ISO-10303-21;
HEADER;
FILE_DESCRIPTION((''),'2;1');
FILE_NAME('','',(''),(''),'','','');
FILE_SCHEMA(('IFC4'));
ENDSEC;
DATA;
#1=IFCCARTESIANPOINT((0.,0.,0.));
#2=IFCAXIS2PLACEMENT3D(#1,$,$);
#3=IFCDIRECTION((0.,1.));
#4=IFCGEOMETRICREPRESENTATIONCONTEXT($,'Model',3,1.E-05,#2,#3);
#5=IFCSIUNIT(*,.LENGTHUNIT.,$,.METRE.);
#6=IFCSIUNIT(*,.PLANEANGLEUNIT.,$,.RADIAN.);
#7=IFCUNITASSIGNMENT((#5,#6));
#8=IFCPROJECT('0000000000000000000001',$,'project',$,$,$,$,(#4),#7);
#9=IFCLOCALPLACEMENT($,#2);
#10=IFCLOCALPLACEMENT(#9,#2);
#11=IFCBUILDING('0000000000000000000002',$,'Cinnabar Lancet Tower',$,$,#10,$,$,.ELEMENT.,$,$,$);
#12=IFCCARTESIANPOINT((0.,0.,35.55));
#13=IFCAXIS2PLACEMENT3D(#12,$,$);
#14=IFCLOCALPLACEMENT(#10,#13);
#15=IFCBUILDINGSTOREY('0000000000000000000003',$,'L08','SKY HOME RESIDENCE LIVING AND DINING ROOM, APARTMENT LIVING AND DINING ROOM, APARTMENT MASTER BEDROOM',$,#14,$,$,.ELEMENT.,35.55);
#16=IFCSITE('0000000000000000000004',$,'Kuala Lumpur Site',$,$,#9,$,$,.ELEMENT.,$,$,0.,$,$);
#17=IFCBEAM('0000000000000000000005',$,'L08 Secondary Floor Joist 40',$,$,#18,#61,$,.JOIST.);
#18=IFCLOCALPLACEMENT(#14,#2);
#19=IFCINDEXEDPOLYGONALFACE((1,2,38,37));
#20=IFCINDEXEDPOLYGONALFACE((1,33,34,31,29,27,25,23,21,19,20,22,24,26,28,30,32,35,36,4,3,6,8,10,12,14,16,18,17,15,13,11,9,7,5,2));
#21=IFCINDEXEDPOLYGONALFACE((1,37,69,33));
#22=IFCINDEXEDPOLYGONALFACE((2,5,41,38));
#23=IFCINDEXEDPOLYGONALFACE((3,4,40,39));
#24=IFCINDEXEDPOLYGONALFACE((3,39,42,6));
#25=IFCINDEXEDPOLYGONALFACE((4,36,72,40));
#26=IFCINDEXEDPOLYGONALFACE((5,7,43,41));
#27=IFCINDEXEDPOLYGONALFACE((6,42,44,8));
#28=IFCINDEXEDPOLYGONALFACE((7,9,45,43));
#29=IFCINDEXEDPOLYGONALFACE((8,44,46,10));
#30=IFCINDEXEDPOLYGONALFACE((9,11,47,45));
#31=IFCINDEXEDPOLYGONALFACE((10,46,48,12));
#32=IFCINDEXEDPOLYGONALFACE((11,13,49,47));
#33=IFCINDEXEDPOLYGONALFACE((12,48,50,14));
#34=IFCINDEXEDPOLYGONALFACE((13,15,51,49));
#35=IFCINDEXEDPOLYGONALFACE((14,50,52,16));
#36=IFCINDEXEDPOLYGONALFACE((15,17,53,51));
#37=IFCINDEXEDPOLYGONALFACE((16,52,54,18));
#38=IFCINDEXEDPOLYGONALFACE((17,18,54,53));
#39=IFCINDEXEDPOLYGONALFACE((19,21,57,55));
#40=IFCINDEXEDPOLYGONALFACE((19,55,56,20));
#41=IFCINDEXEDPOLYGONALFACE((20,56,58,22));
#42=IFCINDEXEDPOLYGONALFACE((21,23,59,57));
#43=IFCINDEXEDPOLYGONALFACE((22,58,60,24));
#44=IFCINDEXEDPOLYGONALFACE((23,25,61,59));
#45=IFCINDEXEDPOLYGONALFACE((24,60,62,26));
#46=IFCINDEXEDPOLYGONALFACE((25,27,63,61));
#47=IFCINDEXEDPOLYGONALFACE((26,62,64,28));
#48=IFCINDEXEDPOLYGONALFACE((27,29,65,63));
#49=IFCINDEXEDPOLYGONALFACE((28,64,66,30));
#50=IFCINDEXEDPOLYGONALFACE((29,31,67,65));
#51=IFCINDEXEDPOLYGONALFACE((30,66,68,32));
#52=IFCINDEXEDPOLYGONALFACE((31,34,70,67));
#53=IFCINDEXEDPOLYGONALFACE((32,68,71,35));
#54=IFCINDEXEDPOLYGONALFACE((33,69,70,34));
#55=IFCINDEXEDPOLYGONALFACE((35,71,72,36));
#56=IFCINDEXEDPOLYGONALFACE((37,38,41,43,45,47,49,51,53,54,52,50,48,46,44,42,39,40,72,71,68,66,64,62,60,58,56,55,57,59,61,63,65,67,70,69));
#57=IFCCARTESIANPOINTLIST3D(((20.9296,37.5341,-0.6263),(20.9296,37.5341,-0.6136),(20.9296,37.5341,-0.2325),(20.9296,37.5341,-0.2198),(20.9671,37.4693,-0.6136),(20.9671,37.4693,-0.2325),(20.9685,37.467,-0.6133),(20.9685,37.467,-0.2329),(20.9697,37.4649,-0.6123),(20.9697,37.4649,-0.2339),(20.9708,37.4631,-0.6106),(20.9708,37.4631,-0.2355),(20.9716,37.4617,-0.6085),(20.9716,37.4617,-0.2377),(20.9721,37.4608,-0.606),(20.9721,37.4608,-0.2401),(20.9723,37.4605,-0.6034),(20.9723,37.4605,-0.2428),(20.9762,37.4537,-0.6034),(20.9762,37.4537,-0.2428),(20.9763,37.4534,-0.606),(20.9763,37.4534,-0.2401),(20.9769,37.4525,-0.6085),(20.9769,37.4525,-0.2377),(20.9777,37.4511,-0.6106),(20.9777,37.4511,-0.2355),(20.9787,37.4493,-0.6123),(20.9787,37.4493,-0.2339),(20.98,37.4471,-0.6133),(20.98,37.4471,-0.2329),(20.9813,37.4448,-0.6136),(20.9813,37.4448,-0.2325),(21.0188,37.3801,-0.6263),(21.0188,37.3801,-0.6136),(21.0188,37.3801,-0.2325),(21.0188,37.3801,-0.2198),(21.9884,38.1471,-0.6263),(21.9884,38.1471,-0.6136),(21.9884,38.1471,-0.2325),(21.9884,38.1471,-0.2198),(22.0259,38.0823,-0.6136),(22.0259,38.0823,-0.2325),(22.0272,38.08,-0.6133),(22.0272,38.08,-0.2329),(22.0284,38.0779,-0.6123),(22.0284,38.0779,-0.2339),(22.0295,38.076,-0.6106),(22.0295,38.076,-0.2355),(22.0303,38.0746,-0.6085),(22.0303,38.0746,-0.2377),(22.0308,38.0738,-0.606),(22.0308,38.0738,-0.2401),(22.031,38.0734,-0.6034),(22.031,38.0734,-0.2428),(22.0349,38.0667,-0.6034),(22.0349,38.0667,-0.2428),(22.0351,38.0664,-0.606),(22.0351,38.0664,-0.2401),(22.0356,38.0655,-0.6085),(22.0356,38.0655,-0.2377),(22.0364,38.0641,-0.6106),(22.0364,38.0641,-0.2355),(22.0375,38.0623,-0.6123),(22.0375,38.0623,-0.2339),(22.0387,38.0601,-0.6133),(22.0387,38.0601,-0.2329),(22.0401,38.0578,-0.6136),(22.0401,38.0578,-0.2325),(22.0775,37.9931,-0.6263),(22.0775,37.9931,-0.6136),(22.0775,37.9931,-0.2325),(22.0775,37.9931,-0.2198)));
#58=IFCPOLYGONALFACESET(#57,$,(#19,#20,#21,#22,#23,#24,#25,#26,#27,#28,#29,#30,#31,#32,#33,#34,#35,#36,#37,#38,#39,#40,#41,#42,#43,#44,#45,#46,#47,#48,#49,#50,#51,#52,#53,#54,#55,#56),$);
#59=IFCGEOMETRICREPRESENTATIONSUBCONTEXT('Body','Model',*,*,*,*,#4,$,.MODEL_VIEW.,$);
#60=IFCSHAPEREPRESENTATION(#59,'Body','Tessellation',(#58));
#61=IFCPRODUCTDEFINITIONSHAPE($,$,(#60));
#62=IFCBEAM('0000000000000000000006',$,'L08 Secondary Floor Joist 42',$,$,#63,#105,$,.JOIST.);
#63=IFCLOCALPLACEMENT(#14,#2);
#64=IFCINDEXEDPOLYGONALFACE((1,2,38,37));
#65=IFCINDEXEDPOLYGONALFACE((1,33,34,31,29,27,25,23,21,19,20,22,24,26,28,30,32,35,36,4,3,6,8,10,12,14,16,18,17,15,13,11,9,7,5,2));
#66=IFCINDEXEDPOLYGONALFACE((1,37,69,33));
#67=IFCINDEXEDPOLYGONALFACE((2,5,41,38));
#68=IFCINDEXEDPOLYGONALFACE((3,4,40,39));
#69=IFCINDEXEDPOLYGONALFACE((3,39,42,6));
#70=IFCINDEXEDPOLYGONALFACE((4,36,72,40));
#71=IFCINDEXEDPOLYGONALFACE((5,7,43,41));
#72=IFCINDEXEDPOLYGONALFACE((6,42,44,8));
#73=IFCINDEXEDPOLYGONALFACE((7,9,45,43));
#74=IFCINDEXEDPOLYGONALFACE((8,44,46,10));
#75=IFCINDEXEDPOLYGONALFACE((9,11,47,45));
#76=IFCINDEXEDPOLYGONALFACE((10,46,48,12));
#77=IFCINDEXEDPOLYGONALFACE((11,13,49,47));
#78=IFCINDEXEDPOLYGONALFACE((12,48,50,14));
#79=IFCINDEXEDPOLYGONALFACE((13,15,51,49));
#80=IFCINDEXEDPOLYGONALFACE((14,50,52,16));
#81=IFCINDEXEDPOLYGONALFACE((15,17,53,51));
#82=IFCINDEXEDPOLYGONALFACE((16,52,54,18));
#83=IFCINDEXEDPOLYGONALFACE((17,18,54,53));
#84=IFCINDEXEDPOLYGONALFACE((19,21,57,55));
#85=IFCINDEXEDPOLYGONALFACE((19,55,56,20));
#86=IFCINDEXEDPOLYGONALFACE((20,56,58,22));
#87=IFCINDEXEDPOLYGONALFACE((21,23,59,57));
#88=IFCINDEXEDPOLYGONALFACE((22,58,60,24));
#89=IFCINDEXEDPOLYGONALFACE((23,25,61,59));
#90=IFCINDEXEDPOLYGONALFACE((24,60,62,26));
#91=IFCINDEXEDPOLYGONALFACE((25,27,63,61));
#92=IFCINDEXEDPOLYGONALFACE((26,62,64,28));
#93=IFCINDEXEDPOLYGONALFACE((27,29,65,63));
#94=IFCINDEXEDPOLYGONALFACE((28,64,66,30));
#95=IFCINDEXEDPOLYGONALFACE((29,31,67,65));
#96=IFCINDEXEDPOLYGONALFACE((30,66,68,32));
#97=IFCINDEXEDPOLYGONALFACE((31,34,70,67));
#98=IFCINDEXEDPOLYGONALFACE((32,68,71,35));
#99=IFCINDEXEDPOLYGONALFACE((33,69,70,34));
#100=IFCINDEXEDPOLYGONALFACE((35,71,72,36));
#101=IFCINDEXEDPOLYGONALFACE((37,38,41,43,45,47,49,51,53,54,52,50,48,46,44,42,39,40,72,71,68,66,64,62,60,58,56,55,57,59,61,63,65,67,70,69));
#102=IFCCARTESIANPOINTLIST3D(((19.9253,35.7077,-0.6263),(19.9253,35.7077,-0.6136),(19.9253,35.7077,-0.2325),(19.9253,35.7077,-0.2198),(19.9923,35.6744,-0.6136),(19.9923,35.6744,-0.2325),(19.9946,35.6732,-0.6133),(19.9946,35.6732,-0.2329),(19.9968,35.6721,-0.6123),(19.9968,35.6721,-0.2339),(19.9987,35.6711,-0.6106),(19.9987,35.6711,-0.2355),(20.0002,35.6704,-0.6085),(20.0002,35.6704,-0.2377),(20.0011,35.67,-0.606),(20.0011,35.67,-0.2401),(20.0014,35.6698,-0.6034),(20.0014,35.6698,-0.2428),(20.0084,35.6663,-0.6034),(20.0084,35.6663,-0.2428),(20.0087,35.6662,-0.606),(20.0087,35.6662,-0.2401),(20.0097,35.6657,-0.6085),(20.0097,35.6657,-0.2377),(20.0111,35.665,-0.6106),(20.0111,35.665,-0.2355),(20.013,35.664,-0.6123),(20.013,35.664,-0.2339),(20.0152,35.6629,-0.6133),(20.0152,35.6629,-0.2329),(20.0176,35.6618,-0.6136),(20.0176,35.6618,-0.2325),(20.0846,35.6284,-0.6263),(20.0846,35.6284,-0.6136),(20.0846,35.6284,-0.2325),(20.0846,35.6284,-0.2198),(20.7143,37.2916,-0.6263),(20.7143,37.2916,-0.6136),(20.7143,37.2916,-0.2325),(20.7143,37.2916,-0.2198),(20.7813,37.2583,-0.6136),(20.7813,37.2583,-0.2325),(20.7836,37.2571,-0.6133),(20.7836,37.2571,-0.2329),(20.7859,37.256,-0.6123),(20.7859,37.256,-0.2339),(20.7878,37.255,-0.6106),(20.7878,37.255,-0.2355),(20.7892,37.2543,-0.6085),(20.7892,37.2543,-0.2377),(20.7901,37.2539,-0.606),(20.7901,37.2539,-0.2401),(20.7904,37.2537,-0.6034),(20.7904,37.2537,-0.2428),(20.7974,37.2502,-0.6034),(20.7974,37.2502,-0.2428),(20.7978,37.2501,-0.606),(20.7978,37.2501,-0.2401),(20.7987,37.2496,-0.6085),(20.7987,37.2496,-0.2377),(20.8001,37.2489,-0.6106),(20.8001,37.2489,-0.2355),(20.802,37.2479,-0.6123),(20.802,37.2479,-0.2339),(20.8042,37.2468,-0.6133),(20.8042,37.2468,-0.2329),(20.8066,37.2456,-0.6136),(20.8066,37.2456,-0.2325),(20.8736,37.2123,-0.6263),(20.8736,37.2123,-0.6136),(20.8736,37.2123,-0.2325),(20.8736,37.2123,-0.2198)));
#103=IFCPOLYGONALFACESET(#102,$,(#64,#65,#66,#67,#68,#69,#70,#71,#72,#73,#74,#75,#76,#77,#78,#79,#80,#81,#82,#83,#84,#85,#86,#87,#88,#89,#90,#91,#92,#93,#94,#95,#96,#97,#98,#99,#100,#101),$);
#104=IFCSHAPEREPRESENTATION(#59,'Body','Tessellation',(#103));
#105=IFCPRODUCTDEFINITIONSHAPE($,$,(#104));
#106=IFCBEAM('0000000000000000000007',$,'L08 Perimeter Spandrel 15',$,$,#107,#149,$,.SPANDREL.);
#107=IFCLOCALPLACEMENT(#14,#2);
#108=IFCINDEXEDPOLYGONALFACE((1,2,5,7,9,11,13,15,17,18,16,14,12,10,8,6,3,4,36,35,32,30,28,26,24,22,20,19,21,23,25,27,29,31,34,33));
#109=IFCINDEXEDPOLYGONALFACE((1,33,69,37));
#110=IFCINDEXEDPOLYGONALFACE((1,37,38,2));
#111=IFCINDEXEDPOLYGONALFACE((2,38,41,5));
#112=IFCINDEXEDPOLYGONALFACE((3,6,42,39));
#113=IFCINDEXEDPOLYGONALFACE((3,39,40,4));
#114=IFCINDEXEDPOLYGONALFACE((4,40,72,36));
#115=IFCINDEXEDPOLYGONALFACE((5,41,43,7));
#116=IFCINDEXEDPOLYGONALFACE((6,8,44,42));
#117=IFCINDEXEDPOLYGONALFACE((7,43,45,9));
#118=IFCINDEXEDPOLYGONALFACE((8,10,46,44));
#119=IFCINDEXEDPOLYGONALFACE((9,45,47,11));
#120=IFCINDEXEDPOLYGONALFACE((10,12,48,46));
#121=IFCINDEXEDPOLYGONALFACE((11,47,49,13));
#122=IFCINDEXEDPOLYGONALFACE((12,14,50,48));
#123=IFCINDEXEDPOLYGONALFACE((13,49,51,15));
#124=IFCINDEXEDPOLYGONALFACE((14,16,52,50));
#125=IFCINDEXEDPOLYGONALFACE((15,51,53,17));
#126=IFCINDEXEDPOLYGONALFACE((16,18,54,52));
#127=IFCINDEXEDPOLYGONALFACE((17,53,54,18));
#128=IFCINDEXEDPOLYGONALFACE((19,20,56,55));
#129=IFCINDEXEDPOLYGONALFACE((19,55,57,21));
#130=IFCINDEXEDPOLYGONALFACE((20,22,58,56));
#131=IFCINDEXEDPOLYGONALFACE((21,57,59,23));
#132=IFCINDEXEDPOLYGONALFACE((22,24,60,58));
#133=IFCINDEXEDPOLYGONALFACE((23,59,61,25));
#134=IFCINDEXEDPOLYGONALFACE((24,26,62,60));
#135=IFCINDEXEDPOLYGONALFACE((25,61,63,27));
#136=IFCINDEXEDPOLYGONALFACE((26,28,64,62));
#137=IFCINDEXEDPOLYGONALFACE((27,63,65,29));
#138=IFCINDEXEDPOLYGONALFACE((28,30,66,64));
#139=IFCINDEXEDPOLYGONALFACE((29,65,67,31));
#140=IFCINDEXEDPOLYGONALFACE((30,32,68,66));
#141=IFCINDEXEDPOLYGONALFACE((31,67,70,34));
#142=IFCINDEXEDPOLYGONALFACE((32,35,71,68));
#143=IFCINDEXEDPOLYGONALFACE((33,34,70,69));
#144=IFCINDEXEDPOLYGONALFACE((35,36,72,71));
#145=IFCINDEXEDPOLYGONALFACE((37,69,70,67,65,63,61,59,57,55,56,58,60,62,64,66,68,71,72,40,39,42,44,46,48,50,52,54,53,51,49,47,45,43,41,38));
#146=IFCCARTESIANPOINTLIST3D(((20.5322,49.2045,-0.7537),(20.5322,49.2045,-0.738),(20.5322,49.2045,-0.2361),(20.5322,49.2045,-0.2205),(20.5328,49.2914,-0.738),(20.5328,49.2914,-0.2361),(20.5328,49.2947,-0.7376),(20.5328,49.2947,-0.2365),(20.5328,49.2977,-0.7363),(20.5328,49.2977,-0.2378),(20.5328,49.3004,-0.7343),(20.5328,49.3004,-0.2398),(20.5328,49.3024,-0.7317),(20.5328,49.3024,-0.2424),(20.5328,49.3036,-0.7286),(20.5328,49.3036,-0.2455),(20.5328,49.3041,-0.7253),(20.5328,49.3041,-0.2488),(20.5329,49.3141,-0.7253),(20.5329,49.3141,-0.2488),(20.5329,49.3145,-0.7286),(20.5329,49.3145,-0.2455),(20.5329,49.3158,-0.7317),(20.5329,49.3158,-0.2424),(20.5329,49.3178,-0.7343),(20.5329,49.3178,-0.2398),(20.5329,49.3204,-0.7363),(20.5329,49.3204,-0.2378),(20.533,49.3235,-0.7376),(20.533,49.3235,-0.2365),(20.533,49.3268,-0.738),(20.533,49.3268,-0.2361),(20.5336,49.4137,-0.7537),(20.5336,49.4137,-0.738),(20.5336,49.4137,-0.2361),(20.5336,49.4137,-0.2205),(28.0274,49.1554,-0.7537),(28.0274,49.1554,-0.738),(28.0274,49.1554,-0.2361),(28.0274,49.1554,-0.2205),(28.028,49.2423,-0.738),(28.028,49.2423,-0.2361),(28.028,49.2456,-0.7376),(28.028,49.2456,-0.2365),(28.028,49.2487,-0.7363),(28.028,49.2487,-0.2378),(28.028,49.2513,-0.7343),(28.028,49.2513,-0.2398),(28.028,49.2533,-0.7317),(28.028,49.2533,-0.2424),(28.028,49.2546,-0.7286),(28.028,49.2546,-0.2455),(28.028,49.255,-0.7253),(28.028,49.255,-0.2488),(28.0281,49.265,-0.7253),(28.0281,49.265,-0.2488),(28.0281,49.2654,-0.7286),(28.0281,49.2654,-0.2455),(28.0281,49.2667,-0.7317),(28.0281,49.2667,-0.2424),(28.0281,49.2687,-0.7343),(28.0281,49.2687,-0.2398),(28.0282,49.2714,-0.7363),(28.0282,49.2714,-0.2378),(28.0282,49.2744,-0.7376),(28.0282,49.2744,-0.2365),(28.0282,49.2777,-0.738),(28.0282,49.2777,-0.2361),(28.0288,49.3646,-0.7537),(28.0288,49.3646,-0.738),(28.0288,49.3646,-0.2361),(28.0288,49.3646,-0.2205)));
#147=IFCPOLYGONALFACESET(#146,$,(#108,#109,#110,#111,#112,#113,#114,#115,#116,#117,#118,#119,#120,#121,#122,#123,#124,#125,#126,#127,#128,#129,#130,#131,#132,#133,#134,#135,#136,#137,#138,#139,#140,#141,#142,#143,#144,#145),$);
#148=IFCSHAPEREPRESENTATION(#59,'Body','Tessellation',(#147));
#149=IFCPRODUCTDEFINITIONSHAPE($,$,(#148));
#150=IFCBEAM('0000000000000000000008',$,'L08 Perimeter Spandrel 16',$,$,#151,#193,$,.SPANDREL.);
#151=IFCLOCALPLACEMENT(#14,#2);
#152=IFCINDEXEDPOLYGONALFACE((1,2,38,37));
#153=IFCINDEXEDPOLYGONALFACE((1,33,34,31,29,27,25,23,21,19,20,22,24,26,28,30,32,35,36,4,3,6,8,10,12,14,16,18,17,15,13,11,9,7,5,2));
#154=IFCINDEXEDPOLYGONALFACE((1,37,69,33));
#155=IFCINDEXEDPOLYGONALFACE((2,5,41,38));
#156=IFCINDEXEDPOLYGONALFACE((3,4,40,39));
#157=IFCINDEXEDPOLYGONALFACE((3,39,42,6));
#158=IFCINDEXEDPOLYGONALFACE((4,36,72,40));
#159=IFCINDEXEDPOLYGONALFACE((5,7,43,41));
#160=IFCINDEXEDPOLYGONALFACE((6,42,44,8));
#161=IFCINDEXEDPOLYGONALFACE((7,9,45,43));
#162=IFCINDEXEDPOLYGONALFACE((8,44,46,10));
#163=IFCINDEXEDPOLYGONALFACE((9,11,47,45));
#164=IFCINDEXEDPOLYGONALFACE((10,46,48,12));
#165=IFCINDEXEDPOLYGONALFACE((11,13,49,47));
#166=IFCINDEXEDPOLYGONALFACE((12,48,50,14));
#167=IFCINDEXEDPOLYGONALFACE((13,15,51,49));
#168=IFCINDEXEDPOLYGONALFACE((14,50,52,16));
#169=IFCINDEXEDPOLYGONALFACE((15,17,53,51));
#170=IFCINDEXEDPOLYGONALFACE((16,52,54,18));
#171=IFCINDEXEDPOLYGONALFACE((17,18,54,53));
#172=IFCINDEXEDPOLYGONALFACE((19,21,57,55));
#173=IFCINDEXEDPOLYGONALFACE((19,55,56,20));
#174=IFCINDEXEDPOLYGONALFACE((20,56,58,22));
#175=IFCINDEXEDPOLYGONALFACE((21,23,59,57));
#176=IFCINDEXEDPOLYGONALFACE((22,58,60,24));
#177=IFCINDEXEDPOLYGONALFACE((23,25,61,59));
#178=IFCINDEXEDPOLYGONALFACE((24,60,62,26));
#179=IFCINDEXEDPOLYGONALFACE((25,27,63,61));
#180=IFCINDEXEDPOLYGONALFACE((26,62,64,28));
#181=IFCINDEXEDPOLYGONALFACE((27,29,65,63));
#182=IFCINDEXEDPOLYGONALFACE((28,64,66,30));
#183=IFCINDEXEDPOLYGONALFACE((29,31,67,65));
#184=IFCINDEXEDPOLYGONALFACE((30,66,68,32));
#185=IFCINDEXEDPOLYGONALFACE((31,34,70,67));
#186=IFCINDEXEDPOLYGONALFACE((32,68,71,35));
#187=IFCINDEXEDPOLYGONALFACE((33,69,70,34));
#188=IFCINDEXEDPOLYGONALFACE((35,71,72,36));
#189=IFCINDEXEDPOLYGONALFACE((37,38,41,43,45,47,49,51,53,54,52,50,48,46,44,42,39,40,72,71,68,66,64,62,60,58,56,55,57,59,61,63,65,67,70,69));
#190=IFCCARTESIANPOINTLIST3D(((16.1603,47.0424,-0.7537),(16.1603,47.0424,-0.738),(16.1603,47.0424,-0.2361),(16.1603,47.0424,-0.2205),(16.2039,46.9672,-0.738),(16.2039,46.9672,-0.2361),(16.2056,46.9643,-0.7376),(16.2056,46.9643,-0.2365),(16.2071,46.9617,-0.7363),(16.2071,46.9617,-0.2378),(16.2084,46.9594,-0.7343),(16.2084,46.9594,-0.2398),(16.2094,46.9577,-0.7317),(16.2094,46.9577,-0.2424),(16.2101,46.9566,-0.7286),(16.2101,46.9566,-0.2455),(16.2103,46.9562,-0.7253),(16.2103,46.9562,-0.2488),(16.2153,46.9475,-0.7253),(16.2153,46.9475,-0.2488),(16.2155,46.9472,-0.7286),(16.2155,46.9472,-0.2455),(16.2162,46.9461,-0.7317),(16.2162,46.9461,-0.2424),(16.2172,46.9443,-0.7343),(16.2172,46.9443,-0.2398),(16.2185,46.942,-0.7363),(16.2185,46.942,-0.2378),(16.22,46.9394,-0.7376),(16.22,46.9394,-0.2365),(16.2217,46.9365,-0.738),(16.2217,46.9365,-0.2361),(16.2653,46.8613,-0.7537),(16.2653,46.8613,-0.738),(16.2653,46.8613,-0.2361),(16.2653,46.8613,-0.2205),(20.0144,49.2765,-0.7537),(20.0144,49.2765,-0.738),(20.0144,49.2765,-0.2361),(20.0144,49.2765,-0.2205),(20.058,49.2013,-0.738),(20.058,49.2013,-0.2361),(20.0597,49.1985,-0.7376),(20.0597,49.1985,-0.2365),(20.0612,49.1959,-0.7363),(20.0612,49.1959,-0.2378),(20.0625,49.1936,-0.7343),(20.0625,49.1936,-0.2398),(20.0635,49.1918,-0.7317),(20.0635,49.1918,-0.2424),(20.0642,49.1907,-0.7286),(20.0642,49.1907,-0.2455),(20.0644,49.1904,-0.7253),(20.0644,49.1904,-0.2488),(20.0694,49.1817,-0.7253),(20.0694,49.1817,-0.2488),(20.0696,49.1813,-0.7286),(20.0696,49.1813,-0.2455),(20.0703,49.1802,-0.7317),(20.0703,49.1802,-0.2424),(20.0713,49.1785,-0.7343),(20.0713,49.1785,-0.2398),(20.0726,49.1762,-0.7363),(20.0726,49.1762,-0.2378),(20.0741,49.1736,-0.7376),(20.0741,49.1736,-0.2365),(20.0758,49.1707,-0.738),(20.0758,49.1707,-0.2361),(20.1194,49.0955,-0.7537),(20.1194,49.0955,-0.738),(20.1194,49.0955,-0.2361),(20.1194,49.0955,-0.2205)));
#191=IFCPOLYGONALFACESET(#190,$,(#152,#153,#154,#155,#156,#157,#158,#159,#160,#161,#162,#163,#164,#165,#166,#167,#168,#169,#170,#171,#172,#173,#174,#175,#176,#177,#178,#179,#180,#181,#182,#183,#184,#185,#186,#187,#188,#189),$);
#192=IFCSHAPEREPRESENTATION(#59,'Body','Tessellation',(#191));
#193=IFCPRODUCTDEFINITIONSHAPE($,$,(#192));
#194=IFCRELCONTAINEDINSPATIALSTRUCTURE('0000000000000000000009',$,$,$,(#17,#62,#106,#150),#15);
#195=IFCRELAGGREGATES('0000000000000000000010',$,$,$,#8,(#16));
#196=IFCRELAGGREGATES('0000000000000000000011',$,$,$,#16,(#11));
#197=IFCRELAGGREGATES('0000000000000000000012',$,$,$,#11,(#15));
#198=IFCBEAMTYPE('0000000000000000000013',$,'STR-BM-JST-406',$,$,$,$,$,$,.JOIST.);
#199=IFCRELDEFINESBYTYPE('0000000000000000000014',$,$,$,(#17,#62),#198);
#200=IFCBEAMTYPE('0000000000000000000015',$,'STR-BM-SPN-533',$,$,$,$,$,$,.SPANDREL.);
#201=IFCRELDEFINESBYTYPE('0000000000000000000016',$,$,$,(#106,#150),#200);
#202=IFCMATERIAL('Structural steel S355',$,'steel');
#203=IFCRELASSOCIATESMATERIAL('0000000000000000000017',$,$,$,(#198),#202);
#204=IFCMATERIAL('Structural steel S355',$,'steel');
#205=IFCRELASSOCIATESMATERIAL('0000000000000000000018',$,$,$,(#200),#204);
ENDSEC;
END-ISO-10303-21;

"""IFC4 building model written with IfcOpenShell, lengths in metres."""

from ifc_helpers import new_model, si_unit, direction, frame, origin, origin_2d, place, context, subcontext, project, spatial, i_section, extrude, material, material_profile, profile_set, type_object, element, save


model = new_model("IFC4")

# Units and contexts
model_context = context("Model", 3, precision=1e-05, world=origin(), true_north=direction((0.0, 1.0)))
body_context = subcontext(model_context, "Body", "Model", "MODEL_VIEW")
ifc_project = project(units=[si_unit("LENGTHUNIT", "METRE"), si_unit("PLANEANGLEUNIT", "RADIAN")], contexts=[model_context])

# Site, building, storey
site_placement = place(None, origin())
site = spatial("IfcSite", under=ifc_project, at=site_placement, Name="Kuala Lumpur Site", CompositionType="ELEMENT", RefElevation=0.0)
building_placement = place(site_placement, origin())
building = spatial("IfcBuilding", under=site, at=building_placement, Name="Cinnabar Lancet Tower", CompositionType="ELEMENT")
storey_placement = place(building_placement, frame((0.0, 0.0, 35.55)))
storey = spatial("IfcBuildingStorey", under=building, at=storey_placement, Name="L08", Description="SKY HOME RESIDENCE LIVING AND DINING ROOM, APARTMENT LIVING AND DINING ROOM, APARTMENT MASTER BEDROOM", CompositionType="ELEMENT", Elevation=35.55)

# Beams
ifc_material_1 = material(Name="Structural steel S355", Category="steel")
ifc_material_profile_1 = material_profile(ifc_material_1, i_section(OverallWidth=0.178, OverallDepth=0.4065, WebThickness=0.0078, FlangeThickness=0.0127, FilletRadius=0.0103, at=origin_2d()), Name="UKB 406x178x60")
ifc_profile_set_1 = profile_set([ifc_material_profile_1], Name="Structural steel S355")
beam_type_1 = type_object("IfcBeamType", Name="STR-BM-JST-406", PredefinedType="JOIST", material=ifc_profile_set_1)
beam_1_placement = place(storey_placement, frame((22.033, 38.0701, -0.4231), z_axis=(-0.865417, -0.501052, 0.0), x_axis=(0.501052, -0.865417, 0.0)))
element("IfcBeam", 1, at=beam_1_placement, inside=storey, type_object=beam_type_1, Name="L08 Secondary Floor Joist 40", PredefinedType="JOIST", context=body_context, shape_type="SweptSolid", body=[
    extrude(i_section(OverallWidth=0.178, OverallDepth=0.4065, WebThickness=0.0078, FlangeThickness=0.0127, FilletRadius=0.0103, at=origin_2d()), origin(), (0.0, 0.0, 1.0), 1.2234),
])
beam_2_placement = place(storey_placement, frame((20.7939, 37.252, -0.4231), z_axis=(-0.445889, -0.895088, 0.0), x_axis=(0.895088, -0.445889, 0.0)))
element("IfcBeam", 2, at=beam_2_placement, inside=storey, type_object=beam_type_1, Name="L08 Secondary Floor Joist 42", PredefinedType="JOIST", context=body_context, shape_type="SweptSolid", body=[
    extrude(i_section(OverallWidth=0.178, OverallDepth=0.4065, WebThickness=0.0078, FlangeThickness=0.0127, FilletRadius=0.0103, at=origin_2d()), origin(), (0.0, 0.0, 1.0), 1.7695),
])
ifc_material_2 = material(Name="Structural steel S355", Category="steel")
ifc_material_profile_2 = material_profile(ifc_material_2, i_section(OverallWidth=0.2092, OverallDepth=0.5332, WebThickness=0.01, FlangeThickness=0.0156, FilletRadius=0.0127, at=origin_2d()), Name="UKB 533x210x92")
ifc_profile_set_2 = profile_set([ifc_material_profile_2], Name="Structural steel S355")
beam_type_2 = type_object("IfcBeamType", Name="STR-BM-SPN-533", PredefinedType="SPANDREL", material=ifc_profile_set_2)
beam_3_placement = place(storey_placement, frame((28.0281, 49.26, -0.4871), z_axis=(-0.999979, 0.006547, 0.0), x_axis=(-0.006547, -0.999979, 0.0)))
element("IfcBeam", 3, at=beam_3_placement, inside=storey, type_object=beam_type_2, Name="L08 Perimeter Spandrel 15", PredefinedType="SPANDREL", context=body_context, shape_type="SweptSolid", body=[
    extrude(i_section(OverallWidth=0.2092, OverallDepth=0.5332, WebThickness=0.01, FlangeThickness=0.0156, FilletRadius=0.0127, at=origin_2d()), origin(), (0.0, 0.0, 1.0), 7.4954),
])
beam_4_placement = place(storey_placement, frame((20.0669, 49.186, -0.4871), z_axis=(-0.865147, -0.501518, 0.0), x_axis=(0.501518, -0.865147, 0.0)))
element("IfcBeam", 4, at=beam_4_placement, inside=storey, type_object=beam_type_2, Name="L08 Perimeter Spandrel 16", PredefinedType="SPANDREL", context=body_context, shape_type="SweptSolid", body=[
    extrude(i_section(OverallWidth=0.2092, OverallDepth=0.5332, WebThickness=0.01, FlangeThickness=0.0156, FilletRadius=0.0127, at=origin_2d()), origin(), (0.0, 0.0, 1.0), 4.4548),
])

save(model, "model.ifc")
